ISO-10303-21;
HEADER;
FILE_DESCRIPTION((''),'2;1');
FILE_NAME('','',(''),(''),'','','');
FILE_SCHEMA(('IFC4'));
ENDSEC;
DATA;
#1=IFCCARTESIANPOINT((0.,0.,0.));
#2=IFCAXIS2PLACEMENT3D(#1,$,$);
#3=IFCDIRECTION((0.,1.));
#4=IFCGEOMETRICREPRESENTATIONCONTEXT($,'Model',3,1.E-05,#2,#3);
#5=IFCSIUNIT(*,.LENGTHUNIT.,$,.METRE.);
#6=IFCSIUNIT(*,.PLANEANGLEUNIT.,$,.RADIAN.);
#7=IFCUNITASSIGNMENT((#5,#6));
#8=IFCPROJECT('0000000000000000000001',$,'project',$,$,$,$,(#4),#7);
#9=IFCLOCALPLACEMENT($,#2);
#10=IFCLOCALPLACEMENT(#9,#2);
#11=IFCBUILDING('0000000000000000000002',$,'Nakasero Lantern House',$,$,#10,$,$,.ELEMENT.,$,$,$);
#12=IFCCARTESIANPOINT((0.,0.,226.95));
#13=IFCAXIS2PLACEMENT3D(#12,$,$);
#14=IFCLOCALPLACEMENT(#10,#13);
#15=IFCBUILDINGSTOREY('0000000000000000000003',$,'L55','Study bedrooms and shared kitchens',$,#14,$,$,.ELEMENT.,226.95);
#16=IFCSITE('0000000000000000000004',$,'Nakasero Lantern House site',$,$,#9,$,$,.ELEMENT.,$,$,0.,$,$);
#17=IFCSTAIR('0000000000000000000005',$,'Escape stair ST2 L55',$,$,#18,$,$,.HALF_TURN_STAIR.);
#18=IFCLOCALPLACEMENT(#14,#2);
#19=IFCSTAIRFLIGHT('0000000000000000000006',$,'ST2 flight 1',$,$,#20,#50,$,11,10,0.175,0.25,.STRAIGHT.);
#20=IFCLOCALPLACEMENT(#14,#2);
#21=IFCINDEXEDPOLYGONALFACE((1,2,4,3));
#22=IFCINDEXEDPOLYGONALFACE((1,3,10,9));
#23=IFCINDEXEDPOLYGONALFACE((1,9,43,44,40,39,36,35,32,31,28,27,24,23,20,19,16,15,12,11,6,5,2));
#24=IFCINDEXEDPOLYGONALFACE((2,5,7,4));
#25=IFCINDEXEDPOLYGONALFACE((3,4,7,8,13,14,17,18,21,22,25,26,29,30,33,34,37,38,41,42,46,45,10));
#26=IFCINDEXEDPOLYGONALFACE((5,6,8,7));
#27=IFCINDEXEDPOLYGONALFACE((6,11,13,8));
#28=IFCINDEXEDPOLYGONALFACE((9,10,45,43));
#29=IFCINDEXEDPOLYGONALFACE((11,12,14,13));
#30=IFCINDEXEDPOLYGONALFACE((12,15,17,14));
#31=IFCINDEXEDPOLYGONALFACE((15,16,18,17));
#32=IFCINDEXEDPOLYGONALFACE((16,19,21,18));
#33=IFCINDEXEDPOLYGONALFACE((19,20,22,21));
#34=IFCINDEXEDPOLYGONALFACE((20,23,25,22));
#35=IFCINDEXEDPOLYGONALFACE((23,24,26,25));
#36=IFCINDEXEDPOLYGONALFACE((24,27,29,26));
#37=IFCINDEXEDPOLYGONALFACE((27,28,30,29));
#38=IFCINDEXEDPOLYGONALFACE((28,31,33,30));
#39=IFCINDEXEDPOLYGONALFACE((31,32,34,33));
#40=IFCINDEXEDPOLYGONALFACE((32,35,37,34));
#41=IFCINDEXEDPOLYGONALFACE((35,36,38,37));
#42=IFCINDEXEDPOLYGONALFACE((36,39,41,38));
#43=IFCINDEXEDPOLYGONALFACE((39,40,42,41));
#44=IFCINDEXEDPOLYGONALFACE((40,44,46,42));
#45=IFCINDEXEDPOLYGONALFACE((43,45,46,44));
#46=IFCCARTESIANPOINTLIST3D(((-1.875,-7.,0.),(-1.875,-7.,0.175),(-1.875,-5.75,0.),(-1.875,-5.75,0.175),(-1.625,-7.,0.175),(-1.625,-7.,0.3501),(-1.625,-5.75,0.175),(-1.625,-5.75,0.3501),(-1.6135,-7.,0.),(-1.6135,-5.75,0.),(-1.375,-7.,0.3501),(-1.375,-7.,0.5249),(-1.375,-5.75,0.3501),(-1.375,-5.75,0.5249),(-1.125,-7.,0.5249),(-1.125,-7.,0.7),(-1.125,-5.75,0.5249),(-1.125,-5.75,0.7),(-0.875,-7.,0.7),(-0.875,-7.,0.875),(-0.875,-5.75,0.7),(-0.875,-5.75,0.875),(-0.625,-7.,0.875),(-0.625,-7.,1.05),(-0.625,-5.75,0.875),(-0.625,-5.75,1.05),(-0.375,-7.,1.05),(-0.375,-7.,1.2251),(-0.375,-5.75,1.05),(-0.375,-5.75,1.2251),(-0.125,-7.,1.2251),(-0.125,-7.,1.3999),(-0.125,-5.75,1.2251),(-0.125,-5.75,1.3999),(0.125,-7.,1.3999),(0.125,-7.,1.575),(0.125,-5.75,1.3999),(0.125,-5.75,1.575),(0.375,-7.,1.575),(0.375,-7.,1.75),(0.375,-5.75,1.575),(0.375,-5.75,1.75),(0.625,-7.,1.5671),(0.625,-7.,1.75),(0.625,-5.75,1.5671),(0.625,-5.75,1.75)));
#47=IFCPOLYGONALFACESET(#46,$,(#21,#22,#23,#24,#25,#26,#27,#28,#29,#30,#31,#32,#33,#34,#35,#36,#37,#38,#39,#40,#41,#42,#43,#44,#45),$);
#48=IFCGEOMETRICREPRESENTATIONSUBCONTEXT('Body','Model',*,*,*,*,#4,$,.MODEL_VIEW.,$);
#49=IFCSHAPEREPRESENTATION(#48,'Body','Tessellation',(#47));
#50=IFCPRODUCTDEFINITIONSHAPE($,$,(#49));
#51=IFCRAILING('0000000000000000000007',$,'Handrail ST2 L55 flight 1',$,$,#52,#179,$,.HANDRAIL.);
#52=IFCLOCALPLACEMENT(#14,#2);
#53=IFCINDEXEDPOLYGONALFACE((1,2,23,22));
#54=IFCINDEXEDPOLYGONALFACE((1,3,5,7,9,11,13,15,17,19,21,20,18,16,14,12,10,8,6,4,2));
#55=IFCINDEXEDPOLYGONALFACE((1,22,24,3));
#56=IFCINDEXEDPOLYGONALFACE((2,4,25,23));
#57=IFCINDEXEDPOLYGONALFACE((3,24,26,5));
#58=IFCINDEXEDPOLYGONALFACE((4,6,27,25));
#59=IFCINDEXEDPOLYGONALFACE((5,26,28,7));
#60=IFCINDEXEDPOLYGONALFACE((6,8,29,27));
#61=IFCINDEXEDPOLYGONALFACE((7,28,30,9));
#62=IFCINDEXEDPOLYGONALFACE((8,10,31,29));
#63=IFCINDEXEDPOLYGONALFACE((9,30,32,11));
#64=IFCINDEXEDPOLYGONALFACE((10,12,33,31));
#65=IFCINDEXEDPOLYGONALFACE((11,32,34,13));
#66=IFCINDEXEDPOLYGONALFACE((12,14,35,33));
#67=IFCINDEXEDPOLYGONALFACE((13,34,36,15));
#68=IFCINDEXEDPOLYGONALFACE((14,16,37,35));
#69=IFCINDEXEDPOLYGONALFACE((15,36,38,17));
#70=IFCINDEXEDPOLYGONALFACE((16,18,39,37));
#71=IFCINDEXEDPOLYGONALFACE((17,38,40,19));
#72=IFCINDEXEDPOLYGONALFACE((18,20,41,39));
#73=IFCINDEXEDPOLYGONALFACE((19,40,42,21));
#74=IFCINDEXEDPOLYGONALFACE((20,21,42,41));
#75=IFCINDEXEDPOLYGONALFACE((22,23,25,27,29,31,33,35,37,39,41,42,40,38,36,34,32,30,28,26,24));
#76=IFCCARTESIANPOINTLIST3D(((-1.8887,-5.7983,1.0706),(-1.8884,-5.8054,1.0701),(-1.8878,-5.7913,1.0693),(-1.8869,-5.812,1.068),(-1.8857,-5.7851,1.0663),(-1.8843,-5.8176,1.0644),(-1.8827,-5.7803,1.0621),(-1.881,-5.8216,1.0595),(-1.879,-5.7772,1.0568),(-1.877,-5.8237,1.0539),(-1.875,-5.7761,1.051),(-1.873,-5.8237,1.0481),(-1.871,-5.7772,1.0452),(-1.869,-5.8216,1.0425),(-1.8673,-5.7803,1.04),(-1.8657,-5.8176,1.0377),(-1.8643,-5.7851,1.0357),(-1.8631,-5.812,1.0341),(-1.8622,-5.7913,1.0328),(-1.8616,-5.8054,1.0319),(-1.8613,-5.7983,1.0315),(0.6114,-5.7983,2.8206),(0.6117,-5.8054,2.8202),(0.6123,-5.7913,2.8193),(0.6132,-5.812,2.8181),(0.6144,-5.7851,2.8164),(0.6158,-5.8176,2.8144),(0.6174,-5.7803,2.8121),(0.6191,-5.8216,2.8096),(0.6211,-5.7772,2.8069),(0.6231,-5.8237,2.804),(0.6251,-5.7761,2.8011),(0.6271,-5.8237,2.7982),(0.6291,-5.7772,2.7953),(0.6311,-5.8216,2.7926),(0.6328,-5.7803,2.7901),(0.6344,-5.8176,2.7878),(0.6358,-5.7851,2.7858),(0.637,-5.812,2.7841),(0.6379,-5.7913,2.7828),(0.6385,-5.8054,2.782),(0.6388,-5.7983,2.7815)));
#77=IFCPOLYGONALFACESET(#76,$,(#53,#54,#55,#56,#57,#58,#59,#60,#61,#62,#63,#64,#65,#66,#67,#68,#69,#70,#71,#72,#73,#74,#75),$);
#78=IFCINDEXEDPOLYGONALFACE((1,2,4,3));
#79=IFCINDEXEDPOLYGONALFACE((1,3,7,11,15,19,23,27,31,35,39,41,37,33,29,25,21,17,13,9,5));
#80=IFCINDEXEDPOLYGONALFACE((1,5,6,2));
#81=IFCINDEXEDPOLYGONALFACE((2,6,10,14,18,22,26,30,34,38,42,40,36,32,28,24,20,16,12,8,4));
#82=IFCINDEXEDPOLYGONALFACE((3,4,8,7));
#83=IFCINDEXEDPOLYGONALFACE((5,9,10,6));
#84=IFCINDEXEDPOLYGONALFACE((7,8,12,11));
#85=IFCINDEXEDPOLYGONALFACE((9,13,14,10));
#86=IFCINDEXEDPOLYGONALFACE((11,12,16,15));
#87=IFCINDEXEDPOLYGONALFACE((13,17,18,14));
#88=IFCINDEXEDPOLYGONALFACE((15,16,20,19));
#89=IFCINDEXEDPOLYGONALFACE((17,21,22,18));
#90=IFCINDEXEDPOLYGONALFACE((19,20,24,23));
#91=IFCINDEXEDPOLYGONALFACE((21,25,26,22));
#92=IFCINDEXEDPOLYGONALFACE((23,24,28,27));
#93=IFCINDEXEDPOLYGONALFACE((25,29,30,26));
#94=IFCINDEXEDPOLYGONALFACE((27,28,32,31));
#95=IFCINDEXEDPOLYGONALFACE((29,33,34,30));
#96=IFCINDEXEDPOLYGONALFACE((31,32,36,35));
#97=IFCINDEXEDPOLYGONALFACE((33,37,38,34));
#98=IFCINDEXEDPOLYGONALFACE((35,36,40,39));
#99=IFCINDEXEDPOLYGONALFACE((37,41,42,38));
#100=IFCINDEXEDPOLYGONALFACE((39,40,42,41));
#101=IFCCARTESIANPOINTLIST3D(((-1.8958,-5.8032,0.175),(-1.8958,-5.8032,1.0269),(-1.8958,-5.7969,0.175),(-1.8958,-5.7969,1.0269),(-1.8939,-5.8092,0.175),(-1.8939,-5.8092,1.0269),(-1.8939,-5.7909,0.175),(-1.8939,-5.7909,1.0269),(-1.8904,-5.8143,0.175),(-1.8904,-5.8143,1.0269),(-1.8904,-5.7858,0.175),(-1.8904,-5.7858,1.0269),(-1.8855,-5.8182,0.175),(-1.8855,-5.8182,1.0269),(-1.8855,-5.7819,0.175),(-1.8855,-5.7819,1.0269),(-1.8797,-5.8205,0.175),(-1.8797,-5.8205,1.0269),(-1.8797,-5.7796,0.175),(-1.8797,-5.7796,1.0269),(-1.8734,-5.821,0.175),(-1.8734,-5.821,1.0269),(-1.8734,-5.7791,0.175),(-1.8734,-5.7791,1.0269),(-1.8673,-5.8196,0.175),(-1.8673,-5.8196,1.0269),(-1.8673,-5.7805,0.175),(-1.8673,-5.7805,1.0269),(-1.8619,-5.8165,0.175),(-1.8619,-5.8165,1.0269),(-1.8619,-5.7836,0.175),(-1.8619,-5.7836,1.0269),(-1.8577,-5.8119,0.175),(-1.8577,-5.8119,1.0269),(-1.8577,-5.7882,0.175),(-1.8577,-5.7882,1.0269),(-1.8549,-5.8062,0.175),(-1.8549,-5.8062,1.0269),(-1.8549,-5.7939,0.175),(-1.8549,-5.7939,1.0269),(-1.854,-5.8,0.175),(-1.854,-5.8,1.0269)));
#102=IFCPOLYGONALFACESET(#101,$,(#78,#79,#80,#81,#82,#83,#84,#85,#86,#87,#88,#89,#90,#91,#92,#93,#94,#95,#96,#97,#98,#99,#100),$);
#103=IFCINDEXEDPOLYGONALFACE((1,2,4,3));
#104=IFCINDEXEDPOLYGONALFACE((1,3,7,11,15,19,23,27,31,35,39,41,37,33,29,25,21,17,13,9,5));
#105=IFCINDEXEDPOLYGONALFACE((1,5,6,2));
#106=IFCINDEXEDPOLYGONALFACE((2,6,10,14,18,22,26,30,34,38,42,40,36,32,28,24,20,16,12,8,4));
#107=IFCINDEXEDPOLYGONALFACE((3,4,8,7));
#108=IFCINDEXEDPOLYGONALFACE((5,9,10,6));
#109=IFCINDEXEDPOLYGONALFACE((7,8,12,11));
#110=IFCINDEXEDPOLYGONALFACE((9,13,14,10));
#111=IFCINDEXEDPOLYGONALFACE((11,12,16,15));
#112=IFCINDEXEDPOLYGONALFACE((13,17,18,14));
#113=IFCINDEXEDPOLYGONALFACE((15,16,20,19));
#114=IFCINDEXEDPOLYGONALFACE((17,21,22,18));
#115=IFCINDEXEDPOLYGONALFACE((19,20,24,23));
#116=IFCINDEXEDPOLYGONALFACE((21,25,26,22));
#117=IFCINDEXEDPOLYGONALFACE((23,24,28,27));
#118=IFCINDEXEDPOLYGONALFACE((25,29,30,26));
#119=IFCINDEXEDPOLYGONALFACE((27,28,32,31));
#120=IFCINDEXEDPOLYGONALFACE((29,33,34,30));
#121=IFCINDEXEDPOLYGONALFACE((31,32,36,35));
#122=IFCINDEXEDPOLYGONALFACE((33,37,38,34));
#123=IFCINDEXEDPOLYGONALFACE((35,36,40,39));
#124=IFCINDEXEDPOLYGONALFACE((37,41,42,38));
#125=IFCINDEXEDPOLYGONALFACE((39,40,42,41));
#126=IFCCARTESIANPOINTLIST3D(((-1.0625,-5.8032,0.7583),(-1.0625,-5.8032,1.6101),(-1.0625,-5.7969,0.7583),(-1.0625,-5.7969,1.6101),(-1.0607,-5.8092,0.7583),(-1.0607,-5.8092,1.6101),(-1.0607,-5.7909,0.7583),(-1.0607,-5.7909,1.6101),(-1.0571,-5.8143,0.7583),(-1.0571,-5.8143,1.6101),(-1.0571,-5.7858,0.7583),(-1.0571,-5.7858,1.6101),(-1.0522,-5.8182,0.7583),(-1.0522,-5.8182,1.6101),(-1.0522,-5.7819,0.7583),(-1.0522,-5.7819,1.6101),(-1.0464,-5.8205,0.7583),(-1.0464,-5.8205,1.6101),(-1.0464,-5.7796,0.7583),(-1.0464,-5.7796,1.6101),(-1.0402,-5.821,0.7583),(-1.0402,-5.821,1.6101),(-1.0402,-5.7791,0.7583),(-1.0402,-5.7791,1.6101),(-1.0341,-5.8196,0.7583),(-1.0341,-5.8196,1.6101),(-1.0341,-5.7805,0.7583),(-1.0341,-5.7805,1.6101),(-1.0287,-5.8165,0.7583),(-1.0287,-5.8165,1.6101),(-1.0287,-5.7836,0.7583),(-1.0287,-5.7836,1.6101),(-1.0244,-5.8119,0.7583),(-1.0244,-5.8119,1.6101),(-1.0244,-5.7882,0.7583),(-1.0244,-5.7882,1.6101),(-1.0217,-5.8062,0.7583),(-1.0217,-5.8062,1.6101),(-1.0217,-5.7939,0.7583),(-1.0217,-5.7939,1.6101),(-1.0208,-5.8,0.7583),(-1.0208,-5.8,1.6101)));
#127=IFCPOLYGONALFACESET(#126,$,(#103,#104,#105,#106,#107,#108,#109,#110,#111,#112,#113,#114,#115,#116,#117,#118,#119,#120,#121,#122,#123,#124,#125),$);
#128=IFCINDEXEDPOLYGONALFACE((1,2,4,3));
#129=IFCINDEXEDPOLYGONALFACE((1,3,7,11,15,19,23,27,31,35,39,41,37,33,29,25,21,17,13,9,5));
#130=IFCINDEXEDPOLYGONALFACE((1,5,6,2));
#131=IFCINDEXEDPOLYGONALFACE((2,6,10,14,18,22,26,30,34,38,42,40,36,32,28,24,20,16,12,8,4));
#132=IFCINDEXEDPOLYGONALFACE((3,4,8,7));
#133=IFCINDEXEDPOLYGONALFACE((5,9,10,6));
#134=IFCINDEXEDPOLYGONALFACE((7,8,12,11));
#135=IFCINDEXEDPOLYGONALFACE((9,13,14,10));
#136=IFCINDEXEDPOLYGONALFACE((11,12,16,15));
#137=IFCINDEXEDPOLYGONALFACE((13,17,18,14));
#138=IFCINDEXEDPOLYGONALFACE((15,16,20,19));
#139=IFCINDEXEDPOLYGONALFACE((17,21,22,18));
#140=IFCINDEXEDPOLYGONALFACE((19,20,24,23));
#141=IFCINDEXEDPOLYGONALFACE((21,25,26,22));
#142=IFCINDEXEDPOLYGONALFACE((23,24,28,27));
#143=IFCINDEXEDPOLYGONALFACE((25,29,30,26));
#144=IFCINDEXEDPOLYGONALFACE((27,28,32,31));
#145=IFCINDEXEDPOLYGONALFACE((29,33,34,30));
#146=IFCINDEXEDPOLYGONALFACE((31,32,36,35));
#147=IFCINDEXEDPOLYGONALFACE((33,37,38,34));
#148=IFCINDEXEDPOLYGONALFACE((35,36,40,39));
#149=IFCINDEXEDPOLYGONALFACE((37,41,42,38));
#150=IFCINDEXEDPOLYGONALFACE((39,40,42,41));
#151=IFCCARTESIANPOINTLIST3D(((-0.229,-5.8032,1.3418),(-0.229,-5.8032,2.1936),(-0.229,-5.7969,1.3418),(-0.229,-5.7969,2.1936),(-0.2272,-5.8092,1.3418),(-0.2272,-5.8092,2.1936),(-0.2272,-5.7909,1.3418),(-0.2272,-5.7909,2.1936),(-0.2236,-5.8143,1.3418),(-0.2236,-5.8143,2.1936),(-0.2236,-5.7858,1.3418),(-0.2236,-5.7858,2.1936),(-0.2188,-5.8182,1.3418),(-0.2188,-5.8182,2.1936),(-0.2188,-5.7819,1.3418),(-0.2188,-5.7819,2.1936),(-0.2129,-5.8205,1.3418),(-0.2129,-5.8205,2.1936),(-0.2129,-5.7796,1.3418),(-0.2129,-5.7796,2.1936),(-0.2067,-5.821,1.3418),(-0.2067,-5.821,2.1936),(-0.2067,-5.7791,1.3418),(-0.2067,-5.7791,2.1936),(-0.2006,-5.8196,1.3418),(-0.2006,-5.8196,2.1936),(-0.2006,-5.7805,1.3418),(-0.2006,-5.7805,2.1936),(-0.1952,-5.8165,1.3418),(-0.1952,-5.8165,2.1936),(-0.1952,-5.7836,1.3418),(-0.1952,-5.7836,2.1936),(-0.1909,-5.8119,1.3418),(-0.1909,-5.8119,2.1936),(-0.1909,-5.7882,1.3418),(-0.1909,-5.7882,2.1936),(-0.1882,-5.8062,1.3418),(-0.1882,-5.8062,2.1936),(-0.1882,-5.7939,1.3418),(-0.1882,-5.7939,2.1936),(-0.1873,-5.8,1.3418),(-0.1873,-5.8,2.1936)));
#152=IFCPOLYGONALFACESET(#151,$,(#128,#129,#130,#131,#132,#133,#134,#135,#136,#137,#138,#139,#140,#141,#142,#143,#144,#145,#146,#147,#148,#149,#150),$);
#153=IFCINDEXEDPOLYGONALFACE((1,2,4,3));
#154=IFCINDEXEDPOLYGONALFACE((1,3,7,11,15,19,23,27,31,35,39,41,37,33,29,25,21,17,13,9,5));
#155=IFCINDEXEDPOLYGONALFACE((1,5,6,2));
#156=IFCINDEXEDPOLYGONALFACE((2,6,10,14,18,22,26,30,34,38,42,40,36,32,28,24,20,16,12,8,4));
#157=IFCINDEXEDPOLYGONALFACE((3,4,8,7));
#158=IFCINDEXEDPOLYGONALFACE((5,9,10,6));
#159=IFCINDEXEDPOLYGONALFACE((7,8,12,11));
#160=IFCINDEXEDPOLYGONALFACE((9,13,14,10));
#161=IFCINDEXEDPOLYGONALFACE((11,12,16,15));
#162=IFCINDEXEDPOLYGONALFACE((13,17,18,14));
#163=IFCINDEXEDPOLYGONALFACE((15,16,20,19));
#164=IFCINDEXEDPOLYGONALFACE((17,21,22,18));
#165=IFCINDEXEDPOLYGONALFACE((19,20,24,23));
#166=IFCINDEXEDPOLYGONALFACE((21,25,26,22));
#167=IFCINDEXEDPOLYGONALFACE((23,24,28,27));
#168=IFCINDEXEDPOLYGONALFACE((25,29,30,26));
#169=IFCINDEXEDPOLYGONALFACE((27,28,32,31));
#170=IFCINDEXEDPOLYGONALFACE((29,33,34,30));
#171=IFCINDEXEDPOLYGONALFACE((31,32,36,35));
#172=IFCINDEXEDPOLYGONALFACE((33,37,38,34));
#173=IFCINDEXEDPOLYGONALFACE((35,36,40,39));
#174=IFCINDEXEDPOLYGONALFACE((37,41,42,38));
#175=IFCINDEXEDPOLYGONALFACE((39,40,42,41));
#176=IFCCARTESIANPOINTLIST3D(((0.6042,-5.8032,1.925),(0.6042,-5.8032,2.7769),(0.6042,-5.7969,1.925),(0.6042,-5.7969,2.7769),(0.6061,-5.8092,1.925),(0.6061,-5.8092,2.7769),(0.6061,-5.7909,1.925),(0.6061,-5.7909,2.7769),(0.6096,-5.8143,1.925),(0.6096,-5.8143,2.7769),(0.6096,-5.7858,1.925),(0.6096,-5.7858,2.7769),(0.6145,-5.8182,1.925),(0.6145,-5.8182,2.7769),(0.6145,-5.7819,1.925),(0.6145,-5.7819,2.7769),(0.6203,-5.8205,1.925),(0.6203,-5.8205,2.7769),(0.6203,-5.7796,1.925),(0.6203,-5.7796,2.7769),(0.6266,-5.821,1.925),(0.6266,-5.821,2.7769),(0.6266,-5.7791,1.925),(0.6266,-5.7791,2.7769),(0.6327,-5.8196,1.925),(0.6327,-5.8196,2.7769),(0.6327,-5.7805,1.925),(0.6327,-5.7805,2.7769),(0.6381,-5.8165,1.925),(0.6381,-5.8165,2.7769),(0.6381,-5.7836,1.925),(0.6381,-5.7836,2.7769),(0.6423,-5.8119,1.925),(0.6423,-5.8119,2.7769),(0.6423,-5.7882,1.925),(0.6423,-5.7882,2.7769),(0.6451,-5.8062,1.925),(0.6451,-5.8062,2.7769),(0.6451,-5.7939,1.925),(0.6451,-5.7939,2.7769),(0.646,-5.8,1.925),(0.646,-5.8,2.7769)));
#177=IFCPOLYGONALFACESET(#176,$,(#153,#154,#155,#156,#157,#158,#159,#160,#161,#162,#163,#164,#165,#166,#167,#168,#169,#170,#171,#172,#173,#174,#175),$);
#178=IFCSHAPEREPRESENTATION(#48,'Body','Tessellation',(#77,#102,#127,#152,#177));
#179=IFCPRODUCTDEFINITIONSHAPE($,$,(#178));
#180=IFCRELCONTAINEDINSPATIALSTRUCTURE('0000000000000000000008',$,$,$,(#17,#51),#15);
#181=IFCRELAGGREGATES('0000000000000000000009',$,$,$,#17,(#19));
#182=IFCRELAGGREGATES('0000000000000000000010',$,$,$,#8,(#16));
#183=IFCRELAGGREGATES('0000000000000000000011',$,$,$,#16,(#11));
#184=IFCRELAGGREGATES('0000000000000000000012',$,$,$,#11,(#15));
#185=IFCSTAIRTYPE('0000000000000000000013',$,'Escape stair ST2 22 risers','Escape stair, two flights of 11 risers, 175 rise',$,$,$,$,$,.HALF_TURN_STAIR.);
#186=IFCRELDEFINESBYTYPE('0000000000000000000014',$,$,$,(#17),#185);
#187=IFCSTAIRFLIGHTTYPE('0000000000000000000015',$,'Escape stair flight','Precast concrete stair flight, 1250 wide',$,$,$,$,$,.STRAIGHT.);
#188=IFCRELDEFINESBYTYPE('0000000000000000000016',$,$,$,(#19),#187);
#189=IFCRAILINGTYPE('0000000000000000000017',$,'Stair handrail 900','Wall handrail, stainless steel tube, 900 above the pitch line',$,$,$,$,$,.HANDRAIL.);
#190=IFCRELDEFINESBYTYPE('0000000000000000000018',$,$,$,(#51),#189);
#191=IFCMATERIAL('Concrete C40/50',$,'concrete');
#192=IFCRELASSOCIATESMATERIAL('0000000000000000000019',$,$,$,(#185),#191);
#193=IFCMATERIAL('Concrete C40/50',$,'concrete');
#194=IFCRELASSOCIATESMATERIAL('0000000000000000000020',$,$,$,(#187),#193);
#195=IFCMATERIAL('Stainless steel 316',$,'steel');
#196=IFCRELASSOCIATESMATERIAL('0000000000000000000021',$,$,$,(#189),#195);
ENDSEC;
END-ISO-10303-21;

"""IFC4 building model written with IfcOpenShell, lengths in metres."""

from ifc_helpers import new_model, si_unit, direction, frame, origin, origin_2d, place, context, subcontext, project, spatial, polyline, circle, outline, extrude, material, type_object, element, aggregate, save


model = new_model("IFC4")

# Units and contexts
model_context = context("Model", 3, precision=1e-05, world=origin(), true_north=direction((0.0, 1.0)))
body_context = subcontext(model_context, "Body", "Model", "MODEL_VIEW")
ifc_project = project(units=[si_unit("LENGTHUNIT", "METRE"), si_unit("PLANEANGLEUNIT", "RADIAN")], contexts=[model_context])

# Site, building, storey
site_placement = place(None, origin())
site = spatial("IfcSite", under=ifc_project, at=site_placement, Name="Nakasero Lantern House site", CompositionType="ELEMENT", RefElevation=0.0)
building_placement = place(site_placement, origin())
building = spatial("IfcBuilding", under=site, at=building_placement, Name="Nakasero Lantern House", CompositionType="ELEMENT")
storey_placement = place(building_placement, frame((0.0, 0.0, 226.95)))
storey = spatial("IfcBuildingStorey", under=building, at=storey_placement, Name="L55", Description="Study bedrooms and shared kitchens", CompositionType="ELEMENT", Elevation=226.95)

# Stair, stair flight
ifc_material_1 = material(Name="Concrete C40/50", Category="concrete")
stair_type = type_object("IfcStairType", Name="Escape stair ST2 22 risers", Description="Escape stair, two flights of 11 risers, 175 rise", PredefinedType="HALF_TURN_STAIR", material=ifc_material_1)
stair_placement = place(storey_placement, origin())
stair = element("IfcStair", 1, at=stair_placement, inside=storey, type_object=stair_type, Name="Escape stair ST2 L55", PredefinedType="HALF_TURN_STAIR")
ifc_material_2 = material(Name="Concrete C40/50", Category="concrete")
stair_flight_type = type_object("IfcStairFlightType", Name="Escape stair flight", Description="Precast concrete stair flight, 1250 wide", PredefinedType="STRAIGHT", material=ifc_material_2)
stair_flight_placement = place(storey_placement, frame((-1.875, -6.375, 0.0), z_axis=(0.0, 0.0, 1.0), x_axis=(1.0, 0.0, 0.0)))
stair_flight = element("IfcStairFlight", 2, at=stair_flight_placement, type_object=stair_flight_type, Name="ST2 flight 1", NumberOfRisers=11, NumberOfTreads=10, PredefinedType="STRAIGHT", RiserHeight=0.175, TreadLength=0.25, context=body_context, shape_type="SweptSolid", body=[
    extrude(outline(polyline([(0.0, 0.0), (0.0, 0.175), (0.25, 0.175), (0.25, 0.3501), (0.5, 0.3501), (0.5, 0.5249), (0.75, 0.5249), (0.75, 0.7), (1.0, 0.7), (1.0, 0.875), (1.25, 0.875), (1.25, 1.05), (1.5, 1.05), (1.5, 1.2251), (1.75, 1.2251), (1.75, 1.3999), (2.0, 1.3999), (2.0, 1.575), (2.25, 1.575), (2.25, 1.75), (2.5, 1.75), (2.5, 1.925), (2.5, 1.5671), (0.2615, 0.0), (0.0, 0.0)])), frame((0.0, 0.625, 0.0), z_axis=(0.0, -1.0, 0.0), x_axis=(1.0, 0.0, 0.0)), (0.0, 0.0, 1.0), 1.25),
])
aggregate(stair, [stair_flight])

# Railing
ifc_material_3 = material(Name="Stainless steel 316", Category="steel")
railing_type = type_object("IfcRailingType", Name="Stair handrail 900", Description="Wall handrail, stainless steel tube, 900 above the pitch line", PredefinedType="HANDRAIL", material=ifc_material_3)
railing_placement = place(storey_placement, frame((-1.875, -5.8, 0.175)))
element("IfcRailing", 3, at=railing_placement, inside=storey, type_object=railing_type, Name="Handrail ST2 L55 flight 1", PredefinedType="HANDRAIL", context=body_context, shape_type="SweptSolid", body=[
    extrude(circle(Radius=0.0239, at=origin_2d()), frame((0.0, 0.0, 0.876), z_axis=(0.819232, 0.0, 0.573462), x_axis=(0.0, 1.0, 0.0)), (0.0, 0.0, 1.0), 3.0518),
    extrude(circle(Radius=0.021, at=origin_2d()), origin(), (0.0, 0.0, 1.0), 0.8518),
    extrude(circle(Radius=0.021, at=origin_2d()), frame((0.8333, 0.0, 0.5833)), (0.0, 0.0, 1.0), 0.8518),
    extrude(circle(Radius=0.021, at=origin_2d()), frame((1.6667, 0.0, 1.1667)), (0.0, 0.0, 1.0), 0.8518),
    extrude(circle(Radius=0.021, at=origin_2d()), frame((2.5, 0.0, 1.75)), (0.0, 0.0, 1.0), 0.8518),
])

save(model, "model.ifc")
